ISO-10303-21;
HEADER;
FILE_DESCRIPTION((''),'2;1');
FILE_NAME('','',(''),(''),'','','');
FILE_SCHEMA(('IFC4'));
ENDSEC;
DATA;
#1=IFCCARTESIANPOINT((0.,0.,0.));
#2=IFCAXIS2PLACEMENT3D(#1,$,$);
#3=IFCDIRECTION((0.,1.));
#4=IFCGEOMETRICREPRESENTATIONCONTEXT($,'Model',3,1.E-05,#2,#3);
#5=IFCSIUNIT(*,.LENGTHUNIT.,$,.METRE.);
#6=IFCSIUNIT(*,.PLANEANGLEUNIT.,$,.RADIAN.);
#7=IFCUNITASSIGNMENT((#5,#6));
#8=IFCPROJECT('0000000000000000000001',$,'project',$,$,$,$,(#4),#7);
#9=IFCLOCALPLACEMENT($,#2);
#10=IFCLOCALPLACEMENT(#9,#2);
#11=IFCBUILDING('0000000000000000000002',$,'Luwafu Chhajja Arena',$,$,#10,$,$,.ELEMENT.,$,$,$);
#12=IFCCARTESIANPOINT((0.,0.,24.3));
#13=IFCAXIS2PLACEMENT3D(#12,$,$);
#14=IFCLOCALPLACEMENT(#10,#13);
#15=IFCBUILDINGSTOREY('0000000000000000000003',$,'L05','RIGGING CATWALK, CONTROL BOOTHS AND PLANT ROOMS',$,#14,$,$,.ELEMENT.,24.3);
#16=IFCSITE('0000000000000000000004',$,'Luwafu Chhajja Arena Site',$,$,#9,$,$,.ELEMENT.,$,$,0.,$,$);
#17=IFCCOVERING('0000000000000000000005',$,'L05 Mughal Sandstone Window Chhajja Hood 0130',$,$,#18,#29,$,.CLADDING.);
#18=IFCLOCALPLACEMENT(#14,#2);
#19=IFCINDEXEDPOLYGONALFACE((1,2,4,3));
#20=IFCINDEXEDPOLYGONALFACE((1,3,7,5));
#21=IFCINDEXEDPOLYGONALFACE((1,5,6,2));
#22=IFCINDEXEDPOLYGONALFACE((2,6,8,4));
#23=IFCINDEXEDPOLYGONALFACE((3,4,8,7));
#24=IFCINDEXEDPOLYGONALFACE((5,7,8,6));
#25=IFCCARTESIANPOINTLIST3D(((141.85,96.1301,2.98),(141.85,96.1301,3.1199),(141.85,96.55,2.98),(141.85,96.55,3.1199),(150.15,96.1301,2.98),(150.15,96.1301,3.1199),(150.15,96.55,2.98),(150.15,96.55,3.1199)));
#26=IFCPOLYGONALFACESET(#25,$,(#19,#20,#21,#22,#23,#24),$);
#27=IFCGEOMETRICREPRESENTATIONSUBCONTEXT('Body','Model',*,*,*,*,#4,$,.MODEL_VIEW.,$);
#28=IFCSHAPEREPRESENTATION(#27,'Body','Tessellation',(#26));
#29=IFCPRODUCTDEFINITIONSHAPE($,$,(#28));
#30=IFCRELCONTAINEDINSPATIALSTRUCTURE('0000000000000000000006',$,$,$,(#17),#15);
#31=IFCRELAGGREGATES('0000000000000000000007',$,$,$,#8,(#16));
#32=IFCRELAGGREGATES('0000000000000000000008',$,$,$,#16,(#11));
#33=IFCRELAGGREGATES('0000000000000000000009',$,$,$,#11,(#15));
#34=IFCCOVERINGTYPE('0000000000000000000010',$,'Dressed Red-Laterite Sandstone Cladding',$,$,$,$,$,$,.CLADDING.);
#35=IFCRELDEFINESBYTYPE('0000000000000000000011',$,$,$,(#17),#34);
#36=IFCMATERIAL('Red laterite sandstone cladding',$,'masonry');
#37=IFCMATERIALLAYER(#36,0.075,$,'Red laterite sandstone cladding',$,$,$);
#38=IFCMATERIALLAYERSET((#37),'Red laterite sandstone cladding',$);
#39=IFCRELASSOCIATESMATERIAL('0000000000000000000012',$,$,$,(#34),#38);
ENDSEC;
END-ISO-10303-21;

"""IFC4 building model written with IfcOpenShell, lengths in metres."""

from ifc_helpers import new_model, si_unit, direction, frame, origin, origin_2d, place, context, subcontext, project, spatial, rectangle, extrude, material, layer, layer_set, type_object, element, save


model = new_model("IFC4")

# Units and contexts
model_context = context("Model", 3, precision=1e-05, world=origin(), true_north=direction((0.0, 1.0)))
body_context = subcontext(model_context, "Body", "Model", "MODEL_VIEW")
ifc_project = project(units=[si_unit("LENGTHUNIT", "METRE"), si_unit("PLANEANGLEUNIT", "RADIAN")], contexts=[model_context])

# Site, building, storey
site_placement = place(None, origin())
site = spatial("IfcSite", under=ifc_project, at=site_placement, Name="Luwafu Chhajja Arena Site", CompositionType="ELEMENT", RefElevation=0.0)
building_placement = place(site_placement, origin())
building = spatial("IfcBuilding", under=site, at=building_placement, Name="Luwafu Chhajja Arena", CompositionType="ELEMENT")
storey_placement = place(building_placement, frame((0.0, 0.0, 24.3)))
storey = spatial("IfcBuildingStorey", under=building, at=storey_placement, Name="L05", Description="RIGGING CATWALK, CONTROL BOOTHS AND PLANT ROOMS", CompositionType="ELEMENT", Elevation=24.3)

# Covering
ifc_material_1 = material(Name="Red laterite sandstone cladding", Category="masonry")
ifc_layer_1 = layer(ifc_material_1, 0.075, Name="Red laterite sandstone cladding")
ifc_layer_set_1 = layer_set([ifc_layer_1], Name="Red laterite sandstone cladding")
covering_type = type_object("IfcCoveringType", Name="Dressed Red-Laterite Sandstone Cladding", PredefinedType="CLADDING", material=ifc_layer_set_1)
covering_1_placement = place(storey_placement, frame((146.0, 96.3401, 2.98), z_axis=(0.0, 0.0, 1.0), x_axis=(1.0, 0.0, 0.0)))
element("IfcCovering", 1, at=covering_1_placement, inside=storey, type_object=covering_type, Name="L05 Mughal Sandstone Window Chhajja Hood 0130", PredefinedType="CLADDING", context=body_context, shape_type="SweptSolid", body=[
    extrude(rectangle(XDim=8.3, YDim=0.4199, at=origin_2d()), origin(), (0.0, 0.0, 1.0), 0.1399),
])

save(model, "model.ifc")
